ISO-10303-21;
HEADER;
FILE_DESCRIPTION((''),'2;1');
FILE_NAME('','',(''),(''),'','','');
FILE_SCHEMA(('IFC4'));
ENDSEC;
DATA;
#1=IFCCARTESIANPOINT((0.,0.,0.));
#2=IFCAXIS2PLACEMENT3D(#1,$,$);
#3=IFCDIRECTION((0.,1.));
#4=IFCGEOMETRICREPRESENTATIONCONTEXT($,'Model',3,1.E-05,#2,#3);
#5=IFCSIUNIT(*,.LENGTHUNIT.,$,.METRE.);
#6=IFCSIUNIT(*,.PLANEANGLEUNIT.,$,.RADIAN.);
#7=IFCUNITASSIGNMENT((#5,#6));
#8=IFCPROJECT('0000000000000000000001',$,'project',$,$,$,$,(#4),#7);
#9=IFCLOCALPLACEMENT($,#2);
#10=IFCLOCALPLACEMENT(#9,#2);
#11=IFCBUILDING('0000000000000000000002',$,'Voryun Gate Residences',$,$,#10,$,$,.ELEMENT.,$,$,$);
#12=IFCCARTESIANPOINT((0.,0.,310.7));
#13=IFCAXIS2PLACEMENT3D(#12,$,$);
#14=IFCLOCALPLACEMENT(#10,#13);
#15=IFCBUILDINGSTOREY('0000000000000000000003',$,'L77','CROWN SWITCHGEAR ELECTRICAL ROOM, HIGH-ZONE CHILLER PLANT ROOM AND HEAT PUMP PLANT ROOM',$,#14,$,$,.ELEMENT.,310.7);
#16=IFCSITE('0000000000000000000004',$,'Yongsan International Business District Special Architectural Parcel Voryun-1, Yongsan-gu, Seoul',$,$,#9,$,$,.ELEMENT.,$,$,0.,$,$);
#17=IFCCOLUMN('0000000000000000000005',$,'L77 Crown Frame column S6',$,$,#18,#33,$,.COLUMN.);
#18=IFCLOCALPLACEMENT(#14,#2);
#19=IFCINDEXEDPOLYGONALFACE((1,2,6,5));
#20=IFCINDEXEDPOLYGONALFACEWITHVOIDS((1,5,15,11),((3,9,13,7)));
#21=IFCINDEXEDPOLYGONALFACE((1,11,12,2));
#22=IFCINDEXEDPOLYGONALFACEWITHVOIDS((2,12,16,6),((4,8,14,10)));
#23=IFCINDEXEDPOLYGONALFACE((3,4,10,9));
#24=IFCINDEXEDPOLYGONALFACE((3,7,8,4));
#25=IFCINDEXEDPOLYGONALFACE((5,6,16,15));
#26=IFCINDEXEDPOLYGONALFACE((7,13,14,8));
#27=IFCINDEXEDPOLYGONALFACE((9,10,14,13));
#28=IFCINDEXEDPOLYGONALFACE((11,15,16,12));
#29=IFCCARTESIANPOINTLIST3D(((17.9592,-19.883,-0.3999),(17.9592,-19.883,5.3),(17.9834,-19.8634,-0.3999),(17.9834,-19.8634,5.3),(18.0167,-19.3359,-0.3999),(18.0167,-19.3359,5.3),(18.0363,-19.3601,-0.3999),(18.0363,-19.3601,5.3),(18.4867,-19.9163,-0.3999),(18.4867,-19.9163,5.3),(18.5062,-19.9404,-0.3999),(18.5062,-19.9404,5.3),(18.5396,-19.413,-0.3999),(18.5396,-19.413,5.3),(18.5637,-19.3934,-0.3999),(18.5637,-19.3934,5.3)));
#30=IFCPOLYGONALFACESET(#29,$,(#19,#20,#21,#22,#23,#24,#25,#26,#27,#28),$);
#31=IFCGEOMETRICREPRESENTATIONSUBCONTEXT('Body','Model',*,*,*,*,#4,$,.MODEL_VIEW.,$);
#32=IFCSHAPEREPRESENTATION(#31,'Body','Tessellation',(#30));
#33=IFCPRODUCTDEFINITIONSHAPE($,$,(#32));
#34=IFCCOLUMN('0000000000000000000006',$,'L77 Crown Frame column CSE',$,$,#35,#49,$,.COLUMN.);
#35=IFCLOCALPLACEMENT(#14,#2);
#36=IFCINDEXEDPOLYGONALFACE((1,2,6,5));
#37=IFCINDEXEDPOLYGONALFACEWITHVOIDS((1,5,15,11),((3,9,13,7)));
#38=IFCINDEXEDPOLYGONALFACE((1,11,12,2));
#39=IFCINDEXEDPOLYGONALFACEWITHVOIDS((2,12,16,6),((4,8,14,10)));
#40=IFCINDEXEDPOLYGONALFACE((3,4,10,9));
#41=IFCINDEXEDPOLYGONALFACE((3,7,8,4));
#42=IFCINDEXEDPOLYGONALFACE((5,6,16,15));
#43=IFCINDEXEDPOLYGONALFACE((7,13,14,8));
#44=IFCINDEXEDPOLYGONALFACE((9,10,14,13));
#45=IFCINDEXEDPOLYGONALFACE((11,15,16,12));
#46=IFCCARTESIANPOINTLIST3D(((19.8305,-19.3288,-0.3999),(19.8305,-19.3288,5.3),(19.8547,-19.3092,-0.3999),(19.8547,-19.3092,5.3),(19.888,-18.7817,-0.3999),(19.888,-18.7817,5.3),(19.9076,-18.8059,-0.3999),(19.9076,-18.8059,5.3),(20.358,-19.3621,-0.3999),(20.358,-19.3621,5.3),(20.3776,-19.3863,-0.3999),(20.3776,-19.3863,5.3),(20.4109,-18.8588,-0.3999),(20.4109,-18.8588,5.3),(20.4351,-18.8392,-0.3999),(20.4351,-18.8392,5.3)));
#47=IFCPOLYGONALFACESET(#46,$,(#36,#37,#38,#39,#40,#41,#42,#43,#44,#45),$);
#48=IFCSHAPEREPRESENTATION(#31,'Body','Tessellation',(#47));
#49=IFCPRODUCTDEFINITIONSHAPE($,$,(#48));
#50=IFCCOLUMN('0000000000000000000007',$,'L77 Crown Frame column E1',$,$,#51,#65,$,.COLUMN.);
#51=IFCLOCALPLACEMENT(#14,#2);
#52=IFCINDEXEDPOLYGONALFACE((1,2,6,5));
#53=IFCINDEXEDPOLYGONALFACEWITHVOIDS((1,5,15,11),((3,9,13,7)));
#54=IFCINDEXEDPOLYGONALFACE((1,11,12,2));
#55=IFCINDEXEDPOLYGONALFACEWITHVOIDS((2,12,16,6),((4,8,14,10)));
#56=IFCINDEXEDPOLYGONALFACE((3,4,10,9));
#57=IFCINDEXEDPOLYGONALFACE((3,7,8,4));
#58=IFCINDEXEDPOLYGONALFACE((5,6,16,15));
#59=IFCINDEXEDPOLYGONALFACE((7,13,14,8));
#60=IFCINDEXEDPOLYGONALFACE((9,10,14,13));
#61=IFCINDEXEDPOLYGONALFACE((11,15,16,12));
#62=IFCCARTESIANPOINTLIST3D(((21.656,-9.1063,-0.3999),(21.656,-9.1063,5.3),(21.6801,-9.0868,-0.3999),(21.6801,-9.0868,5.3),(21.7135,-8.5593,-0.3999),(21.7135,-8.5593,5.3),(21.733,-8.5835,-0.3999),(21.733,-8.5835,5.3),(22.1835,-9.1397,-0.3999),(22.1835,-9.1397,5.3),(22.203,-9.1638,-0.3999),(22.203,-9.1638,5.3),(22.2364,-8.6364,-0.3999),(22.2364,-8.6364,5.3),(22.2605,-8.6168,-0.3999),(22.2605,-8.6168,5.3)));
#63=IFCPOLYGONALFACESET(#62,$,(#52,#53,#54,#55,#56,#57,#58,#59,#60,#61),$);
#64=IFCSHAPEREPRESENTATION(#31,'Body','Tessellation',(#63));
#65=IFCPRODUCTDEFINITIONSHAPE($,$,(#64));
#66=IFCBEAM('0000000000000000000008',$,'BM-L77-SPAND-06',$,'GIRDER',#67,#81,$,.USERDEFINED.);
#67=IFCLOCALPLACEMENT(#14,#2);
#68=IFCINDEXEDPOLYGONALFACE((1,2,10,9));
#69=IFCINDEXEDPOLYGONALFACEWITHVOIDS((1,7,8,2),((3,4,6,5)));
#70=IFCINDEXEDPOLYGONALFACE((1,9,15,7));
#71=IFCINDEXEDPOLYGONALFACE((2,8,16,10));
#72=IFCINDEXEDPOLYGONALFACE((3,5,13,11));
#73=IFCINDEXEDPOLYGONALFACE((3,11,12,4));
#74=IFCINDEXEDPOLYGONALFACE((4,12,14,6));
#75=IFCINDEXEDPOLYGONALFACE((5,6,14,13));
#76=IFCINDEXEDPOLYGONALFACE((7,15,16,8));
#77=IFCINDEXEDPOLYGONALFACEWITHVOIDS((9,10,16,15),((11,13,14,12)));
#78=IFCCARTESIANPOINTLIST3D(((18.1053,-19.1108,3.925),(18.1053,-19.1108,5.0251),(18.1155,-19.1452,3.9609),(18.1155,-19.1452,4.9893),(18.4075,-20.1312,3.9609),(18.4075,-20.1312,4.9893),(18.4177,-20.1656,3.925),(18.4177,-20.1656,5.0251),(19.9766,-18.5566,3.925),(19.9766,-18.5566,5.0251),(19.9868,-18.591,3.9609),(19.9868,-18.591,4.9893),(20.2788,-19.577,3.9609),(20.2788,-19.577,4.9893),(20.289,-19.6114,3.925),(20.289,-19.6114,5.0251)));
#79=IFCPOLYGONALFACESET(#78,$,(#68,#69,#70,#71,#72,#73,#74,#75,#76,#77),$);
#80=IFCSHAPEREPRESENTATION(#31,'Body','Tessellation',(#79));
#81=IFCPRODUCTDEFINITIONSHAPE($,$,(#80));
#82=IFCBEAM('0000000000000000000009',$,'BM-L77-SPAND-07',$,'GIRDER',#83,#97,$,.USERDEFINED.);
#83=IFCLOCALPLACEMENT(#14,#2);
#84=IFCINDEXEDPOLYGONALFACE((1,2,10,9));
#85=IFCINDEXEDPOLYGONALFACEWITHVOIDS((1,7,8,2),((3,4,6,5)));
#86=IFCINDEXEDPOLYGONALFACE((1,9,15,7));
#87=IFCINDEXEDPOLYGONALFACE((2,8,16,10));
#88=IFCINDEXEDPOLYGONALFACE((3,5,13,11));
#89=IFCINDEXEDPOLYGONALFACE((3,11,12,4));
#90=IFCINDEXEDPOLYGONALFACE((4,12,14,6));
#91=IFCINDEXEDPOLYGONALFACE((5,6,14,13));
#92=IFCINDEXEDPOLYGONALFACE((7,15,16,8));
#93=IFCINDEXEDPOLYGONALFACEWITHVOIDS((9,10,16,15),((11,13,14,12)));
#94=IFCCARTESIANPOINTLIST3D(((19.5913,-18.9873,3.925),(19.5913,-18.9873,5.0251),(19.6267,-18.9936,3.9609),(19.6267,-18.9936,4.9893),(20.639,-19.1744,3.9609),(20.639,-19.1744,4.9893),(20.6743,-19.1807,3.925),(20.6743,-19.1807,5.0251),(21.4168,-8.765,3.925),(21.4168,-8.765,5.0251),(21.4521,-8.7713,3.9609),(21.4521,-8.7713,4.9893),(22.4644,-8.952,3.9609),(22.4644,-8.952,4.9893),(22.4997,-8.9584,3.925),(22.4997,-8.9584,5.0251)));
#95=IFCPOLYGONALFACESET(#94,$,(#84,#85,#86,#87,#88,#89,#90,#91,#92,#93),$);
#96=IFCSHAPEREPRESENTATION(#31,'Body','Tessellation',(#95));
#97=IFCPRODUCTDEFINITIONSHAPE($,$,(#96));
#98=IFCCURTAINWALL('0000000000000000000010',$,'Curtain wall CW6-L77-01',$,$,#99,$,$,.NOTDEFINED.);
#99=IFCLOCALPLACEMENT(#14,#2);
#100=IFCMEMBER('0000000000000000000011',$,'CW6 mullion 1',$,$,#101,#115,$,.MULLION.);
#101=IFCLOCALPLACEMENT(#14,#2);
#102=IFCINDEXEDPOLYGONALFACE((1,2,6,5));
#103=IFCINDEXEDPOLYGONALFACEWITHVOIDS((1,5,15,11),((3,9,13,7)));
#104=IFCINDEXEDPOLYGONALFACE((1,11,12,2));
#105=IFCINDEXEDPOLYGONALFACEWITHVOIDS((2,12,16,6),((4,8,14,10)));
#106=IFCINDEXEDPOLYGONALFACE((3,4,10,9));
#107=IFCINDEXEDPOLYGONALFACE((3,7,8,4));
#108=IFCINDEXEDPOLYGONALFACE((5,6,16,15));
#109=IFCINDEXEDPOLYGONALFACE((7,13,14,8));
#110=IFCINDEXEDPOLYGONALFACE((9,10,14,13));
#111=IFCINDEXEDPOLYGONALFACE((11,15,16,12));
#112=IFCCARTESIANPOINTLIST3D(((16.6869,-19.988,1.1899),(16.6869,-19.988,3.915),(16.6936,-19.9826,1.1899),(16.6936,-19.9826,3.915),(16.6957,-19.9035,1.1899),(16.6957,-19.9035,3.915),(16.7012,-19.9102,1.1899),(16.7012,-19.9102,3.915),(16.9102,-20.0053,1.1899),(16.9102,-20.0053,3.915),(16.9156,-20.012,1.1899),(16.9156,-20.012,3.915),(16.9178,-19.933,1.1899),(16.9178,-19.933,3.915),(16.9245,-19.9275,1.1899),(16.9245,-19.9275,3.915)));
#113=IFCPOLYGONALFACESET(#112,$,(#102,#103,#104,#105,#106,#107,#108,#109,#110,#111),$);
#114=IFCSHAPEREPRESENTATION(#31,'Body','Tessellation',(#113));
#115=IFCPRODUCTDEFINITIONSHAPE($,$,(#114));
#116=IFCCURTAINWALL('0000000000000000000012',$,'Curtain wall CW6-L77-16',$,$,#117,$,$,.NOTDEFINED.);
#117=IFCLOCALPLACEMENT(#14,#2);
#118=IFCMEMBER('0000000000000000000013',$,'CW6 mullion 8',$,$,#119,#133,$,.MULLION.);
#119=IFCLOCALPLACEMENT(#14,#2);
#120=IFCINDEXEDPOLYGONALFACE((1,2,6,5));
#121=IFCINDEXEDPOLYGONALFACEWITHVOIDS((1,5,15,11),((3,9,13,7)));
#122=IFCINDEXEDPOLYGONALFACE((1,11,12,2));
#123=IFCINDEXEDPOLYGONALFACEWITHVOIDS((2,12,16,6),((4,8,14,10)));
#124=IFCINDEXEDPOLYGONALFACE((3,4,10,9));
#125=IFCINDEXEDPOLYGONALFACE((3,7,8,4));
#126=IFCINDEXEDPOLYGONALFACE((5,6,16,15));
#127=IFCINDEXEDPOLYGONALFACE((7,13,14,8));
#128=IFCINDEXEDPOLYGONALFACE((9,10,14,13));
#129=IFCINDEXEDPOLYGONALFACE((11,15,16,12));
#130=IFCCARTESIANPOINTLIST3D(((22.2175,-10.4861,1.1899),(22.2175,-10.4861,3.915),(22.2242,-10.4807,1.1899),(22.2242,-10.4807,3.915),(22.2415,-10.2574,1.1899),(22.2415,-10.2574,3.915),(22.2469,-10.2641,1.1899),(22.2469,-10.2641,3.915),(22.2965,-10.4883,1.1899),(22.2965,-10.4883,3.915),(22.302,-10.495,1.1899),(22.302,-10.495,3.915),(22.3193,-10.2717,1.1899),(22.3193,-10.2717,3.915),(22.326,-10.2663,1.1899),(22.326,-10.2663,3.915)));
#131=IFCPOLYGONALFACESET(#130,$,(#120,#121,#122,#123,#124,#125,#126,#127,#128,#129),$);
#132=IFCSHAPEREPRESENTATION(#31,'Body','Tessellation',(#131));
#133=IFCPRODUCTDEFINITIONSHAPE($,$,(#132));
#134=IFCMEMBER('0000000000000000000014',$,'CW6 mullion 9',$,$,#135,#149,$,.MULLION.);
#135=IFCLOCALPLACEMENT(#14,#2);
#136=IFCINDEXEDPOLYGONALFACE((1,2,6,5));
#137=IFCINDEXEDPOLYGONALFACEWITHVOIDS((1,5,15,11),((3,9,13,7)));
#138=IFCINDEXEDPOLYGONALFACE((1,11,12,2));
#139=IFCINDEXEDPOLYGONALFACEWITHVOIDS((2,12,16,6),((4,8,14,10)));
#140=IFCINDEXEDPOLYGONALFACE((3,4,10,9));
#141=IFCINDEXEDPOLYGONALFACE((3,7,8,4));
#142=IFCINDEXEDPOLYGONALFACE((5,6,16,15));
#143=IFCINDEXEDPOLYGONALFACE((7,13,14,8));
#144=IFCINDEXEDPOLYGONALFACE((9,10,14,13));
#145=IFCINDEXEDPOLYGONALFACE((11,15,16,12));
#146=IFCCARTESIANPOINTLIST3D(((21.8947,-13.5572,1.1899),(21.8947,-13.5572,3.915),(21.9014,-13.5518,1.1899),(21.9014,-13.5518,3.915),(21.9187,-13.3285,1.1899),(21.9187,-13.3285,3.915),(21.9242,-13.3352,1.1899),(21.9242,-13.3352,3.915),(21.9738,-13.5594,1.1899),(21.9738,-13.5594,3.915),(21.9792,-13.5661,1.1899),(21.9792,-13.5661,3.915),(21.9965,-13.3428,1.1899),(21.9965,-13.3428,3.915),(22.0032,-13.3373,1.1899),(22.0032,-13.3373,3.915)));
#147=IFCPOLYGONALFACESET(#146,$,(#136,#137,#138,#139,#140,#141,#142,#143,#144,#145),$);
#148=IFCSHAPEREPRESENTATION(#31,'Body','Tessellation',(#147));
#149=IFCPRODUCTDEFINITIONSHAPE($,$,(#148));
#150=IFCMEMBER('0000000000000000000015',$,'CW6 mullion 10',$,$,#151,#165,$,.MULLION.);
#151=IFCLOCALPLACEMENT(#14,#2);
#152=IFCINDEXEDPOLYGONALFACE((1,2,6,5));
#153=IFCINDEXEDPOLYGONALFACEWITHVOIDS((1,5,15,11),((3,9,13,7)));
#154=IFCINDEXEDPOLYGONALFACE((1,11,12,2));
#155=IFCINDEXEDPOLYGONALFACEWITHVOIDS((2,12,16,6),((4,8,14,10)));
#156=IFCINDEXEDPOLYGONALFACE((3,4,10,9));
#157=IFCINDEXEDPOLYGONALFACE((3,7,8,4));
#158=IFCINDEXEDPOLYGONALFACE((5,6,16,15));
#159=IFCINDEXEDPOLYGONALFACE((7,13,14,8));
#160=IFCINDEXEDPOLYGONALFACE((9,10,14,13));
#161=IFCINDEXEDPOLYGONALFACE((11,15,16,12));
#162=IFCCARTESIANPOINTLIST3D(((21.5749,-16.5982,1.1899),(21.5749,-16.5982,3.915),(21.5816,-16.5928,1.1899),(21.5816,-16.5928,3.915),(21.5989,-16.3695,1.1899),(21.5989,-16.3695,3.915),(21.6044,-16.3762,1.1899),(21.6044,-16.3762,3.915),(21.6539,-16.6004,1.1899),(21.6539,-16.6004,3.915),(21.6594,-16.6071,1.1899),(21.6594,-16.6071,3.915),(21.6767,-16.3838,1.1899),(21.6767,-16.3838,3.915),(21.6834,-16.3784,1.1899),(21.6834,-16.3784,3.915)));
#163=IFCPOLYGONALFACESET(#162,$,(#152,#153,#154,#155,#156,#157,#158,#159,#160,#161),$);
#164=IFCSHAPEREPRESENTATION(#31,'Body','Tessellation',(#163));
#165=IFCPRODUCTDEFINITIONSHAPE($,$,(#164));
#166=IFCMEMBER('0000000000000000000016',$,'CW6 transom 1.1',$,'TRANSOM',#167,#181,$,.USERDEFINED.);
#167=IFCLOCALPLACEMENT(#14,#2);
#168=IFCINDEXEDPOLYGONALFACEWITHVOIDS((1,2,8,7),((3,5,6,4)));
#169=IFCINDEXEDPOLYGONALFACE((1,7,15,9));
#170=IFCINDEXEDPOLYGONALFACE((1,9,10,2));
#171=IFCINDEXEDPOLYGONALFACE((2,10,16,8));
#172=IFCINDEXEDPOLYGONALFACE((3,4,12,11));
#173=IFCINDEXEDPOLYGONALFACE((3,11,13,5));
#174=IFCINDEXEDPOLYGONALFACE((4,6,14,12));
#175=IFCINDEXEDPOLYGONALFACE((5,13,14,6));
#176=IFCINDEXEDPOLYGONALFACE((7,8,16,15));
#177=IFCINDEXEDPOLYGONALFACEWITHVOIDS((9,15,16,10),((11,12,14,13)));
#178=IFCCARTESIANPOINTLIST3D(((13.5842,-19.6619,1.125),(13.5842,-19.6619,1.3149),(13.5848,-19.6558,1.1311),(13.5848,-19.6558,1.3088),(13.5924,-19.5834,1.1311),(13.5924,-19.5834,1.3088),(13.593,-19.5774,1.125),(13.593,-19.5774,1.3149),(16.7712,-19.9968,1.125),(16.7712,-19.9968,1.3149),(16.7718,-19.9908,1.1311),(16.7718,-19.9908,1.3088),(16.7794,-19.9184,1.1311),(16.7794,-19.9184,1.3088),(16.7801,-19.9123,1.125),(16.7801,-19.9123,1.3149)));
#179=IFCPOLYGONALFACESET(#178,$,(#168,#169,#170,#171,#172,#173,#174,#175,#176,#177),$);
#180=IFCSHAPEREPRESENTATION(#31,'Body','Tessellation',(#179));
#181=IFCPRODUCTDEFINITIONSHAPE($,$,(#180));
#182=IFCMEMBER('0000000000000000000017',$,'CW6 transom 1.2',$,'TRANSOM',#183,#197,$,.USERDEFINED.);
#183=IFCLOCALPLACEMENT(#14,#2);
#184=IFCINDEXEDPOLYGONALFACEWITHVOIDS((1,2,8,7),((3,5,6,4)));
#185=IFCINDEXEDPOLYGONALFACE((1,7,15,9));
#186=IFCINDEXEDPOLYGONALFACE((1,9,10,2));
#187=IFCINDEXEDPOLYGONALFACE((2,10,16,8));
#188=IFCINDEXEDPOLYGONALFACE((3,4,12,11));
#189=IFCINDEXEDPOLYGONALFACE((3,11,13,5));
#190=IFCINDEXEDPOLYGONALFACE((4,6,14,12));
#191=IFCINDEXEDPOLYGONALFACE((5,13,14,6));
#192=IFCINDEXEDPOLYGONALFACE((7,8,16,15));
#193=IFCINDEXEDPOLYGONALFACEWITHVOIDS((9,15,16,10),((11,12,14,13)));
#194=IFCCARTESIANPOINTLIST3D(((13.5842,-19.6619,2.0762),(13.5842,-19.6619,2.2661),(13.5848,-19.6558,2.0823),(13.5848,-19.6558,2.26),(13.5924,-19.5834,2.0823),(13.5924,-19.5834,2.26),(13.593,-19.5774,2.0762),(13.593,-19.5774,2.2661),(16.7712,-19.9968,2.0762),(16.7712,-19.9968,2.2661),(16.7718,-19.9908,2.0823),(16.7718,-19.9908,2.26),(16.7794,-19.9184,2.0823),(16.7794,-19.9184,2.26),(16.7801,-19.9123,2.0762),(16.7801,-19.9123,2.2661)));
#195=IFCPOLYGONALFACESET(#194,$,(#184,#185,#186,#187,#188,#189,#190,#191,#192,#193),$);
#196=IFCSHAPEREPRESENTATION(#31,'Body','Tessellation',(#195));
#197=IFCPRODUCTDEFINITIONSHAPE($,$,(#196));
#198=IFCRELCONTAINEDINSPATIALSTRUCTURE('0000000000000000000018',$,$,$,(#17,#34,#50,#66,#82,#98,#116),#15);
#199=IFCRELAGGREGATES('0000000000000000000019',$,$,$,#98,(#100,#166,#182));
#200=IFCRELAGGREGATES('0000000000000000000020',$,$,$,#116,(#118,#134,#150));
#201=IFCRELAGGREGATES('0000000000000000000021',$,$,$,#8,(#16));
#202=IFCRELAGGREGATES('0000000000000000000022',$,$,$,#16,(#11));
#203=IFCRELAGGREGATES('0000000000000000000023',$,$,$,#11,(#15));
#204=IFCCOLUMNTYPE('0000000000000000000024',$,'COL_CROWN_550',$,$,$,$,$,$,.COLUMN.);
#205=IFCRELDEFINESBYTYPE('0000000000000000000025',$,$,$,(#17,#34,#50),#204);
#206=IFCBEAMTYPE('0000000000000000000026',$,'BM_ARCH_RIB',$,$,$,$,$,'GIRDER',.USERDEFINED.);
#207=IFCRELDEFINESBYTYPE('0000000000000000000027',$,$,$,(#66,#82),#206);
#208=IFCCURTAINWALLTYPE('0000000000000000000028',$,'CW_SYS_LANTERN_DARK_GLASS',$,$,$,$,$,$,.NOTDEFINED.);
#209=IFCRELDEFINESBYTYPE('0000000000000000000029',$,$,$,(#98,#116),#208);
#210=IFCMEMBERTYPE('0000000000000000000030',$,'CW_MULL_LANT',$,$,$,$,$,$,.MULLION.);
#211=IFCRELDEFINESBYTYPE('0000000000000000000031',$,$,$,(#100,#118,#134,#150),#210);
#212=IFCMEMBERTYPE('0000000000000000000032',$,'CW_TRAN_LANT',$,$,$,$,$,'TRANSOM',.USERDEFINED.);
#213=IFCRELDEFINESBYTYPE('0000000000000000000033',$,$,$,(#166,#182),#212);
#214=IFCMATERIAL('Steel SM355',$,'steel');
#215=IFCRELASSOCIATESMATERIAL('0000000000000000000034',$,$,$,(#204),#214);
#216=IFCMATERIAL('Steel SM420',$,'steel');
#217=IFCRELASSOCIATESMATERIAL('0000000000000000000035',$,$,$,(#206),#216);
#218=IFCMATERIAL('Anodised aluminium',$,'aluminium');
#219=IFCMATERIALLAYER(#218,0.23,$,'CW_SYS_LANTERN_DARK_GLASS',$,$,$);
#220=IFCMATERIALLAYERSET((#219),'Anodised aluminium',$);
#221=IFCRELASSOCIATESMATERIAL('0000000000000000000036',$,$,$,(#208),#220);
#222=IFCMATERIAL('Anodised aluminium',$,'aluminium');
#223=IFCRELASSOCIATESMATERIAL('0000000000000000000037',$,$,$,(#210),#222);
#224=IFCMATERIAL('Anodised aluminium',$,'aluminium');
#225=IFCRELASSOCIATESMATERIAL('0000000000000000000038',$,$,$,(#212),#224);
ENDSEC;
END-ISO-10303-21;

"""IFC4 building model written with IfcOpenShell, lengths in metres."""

from ifc_helpers import new_model, si_unit, direction, frame, origin, origin_2d, place, context, subcontext, project, spatial, hollow_rectangle, extrude, material, layer, layer_set, material_profile, profile_set, type_object, element, aggregate, save


model = new_model("IFC4")

# Units and contexts
model_context = context("Model", 3, precision=1e-05, world=origin(), true_north=direction((0.0, 1.0)))
body_context = subcontext(model_context, "Body", "Model", "MODEL_VIEW")
ifc_project = project(units=[si_unit("LENGTHUNIT", "METRE"), si_unit("PLANEANGLEUNIT", "RADIAN")], contexts=[model_context])

# Site, building, storey
site_placement = place(None, origin())
site = spatial("IfcSite", under=ifc_project, at=site_placement, Name="Yongsan International Business District Special Architectural Parcel Voryun-1, Yongsan-gu, Seoul", CompositionType="ELEMENT", RefElevation=0.0)
building_placement = place(site_placement, origin())
building = spatial("IfcBuilding", under=site, at=building_placement, Name="Voryun Gate Residences", CompositionType="ELEMENT")
storey_placement = place(building_placement, frame((0.0, 0.0, 310.7)))
storey = spatial("IfcBuildingStorey", under=building, at=storey_placement, Name="L77", Description="CROWN SWITCHGEAR ELECTRICAL ROOM, HIGH-ZONE CHILLER PLANT ROOM AND HEAT PUMP PLANT ROOM", CompositionType="ELEMENT", Elevation=310.7)

# Columns
ifc_material_1 = material(Name="Steel SM355", Category="steel")
ifc_material_profile_1 = material_profile(ifc_material_1, hollow_rectangle(XDim=0.55, YDim=0.55, WallThickness=0.022, at=origin_2d()), Name="BOX-550x550x22")
ifc_profile_set_1 = profile_set([ifc_material_profile_1], Name="Steel SM355")
column_type = type_object("IfcColumnType", Name="COL_CROWN_550", PredefinedType="COLUMN", material=ifc_profile_set_1)
for number, where, z_axis, x_axis, name in (
    (1, (18.2615, -19.6382, -0.3999), (0.0, 0.0, 1.0), (0.994522, -0.104528, 0.0), "L77 Crown Frame column S6"),
    (2, (20.1328, -19.084, -0.3999), (0.0, 0.0, 1.0), (0.994522, -0.104528, 0.0), "L77 Crown Frame column CSE"),
    (3, (21.9583, -8.8616, -0.3999), (0.0, 0.0, 1.0), (0.994522, -0.104528, 0.0), "L77 Crown Frame column E1"),
):
    element("IfcColumn", number, at=place(storey_placement, frame(where, z_axis=z_axis, x_axis=x_axis)), inside=storey, type_object=column_type, Name=name, PredefinedType="COLUMN", context=body_context, shape_type="SweptSolid", body=[
        extrude(hollow_rectangle(XDim=0.55, YDim=0.55, WallThickness=0.022, at=origin_2d()), origin(), (0.0, 0.0, 1.0), 5.7),
    ])

# Beams
ifc_material_2 = material(Name="Steel SM420", Category="steel")
ifc_material_profile_2 = material_profile(ifc_material_2, hollow_rectangle(XDim=1.1001, YDim=1.1001, WallThickness=0.0359, at=origin_2d()), Name="BOX-1100x1100x36")
ifc_profile_set_2 = profile_set([ifc_material_profile_2], Name="Steel SM420")
beam_type = type_object("IfcBeamType", Name="BM_ARCH_RIB", ElementType="GIRDER", PredefinedType="USERDEFINED", material=ifc_profile_set_2)
beam_1_placement = place(storey_placement, frame((18.2615, -19.6382, 4.4751), z_axis=(0.958836, 0.283961, 0.0), x_axis=(-0.283961, 0.958836, 0.0)))
element("IfcBeam", 4, at=beam_1_placement, inside=storey, type_object=beam_type, Name="BM-L77-SPAND-06", ObjectType="GIRDER", PredefinedType="USERDEFINED", context=body_context, shape_type="SweptSolid", body=[
    extrude(hollow_rectangle(XDim=1.1001, YDim=1.1001, WallThickness=0.0359, at=origin_2d()), origin(), (0.0, 0.0, 1.0), 1.9517),
])
beam_2_placement = place(storey_placement, frame((20.1328, -19.084, 4.4751), z_axis=(0.175791, 0.984427, 0.0), x_axis=(-0.984427, 0.175791, 0.0)))
element("IfcBeam", 5, at=beam_2_placement, inside=storey, type_object=beam_type, Name="BM-L77-SPAND-07", ObjectType="GIRDER", PredefinedType="USERDEFINED", context=body_context, shape_type="SweptSolid", body=[
    extrude(hollow_rectangle(XDim=1.1001, YDim=1.1001, WallThickness=0.0359, at=origin_2d()), origin(), (0.0, 0.0, 1.0), 10.384),
])

# Curtain wall, member
ifc_material_3 = material(Name="Anodised aluminium", Category="aluminium")
ifc_layer_1 = layer(ifc_material_3, 0.23, Name="CW_SYS_LANTERN_DARK_GLASS")
ifc_layer_set_1 = layer_set([ifc_layer_1], Name="Anodised aluminium")
curtain_wall_type = type_object("IfcCurtainWallType", Name="CW_SYS_LANTERN_DARK_GLASS", PredefinedType="NOTDEFINED", material=ifc_layer_set_1)
curtain_wall_1_placement = place(storey_placement, origin())
curtain_wall_1 = element("IfcCurtainWall", 6, at=curtain_wall_1_placement, inside=storey, type_object=curtain_wall_type, Name="Curtain wall CW6-L77-01", PredefinedType="NOTDEFINED")
ifc_material_4 = material(Name="Anodised aluminium", Category="aluminium")
ifc_material_profile_3 = material_profile(ifc_material_4, hollow_rectangle(XDim=0.085, YDim=0.23, WallThickness=0.0061, at=origin_2d()), Name="ALU-MULL-230x85x6")
ifc_profile_set_3 = profile_set([ifc_material_profile_3], Name="Anodised aluminium")
member_type_1 = type_object("IfcMemberType", Name="CW_MULL_LANT", PredefinedType="MULLION", material=ifc_profile_set_3)
member_1_placement = place(storey_placement, frame((16.8057, -19.9578, 1.1899), z_axis=(0.0, 0.0, 1.0), x_axis=(-0.104528, -0.994522, 0.0)))
member_1 = element("IfcMember", 7, at=member_1_placement, type_object=member_type_1, Name="CW6 mullion 1", PredefinedType="MULLION", context=body_context, shape_type="SweptSolid", body=[
    extrude(hollow_rectangle(XDim=0.085, YDim=0.23, WallThickness=0.0061, at=origin_2d()), origin(), (0.0, 0.0, 1.0), 2.7251),
])

# Curtain wall, members
curtain_wall_2_placement = place(storey_placement, origin())
curtain_wall_2 = element("IfcCurtainWall", 8, at=curtain_wall_2_placement, inside=storey, type_object=curtain_wall_type, Name="Curtain wall CW6-L77-16", PredefinedType="NOTDEFINED")
member_2_placement = place(storey_placement, frame((22.2717, -10.3762, 1.1899), z_axis=(0.0, 0.0, 1.0), x_axis=(0.994522, -0.104528, 0.0)))
member_2 = element("IfcMember", 9, at=member_2_placement, type_object=member_type_1, Name="CW6 mullion 8", PredefinedType="MULLION", context=body_context, shape_type="SweptSolid", body=[
    extrude(hollow_rectangle(XDim=0.085, YDim=0.23, WallThickness=0.0061, at=origin_2d()), origin(), (0.0, 0.0, 1.0), 2.7251),
])
member_3_placement = place(storey_placement, frame((21.949, -13.4473, 1.1899), z_axis=(0.0, 0.0, 1.0), x_axis=(0.994522, -0.104528, 0.0)))
member_3 = element("IfcMember", 10, at=member_3_placement, type_object=member_type_1, Name="CW6 mullion 9", PredefinedType="MULLION", context=body_context, shape_type="SweptSolid", body=[
    extrude(hollow_rectangle(XDim=0.085, YDim=0.23, WallThickness=0.0061, at=origin_2d()), origin(), (0.0, 0.0, 1.0), 2.7251),
])
member_4_placement = place(storey_placement, frame((21.6292, -16.4883, 1.1899), z_axis=(0.0, 0.0, 1.0), x_axis=(0.994522, -0.104528, 0.0)))
member_4 = element("IfcMember", 11, at=member_4_placement, type_object=member_type_1, Name="CW6 mullion 10", PredefinedType="MULLION", context=body_context, shape_type="SweptSolid", body=[
    extrude(hollow_rectangle(XDim=0.085, YDim=0.23, WallThickness=0.0061, at=origin_2d()), origin(), (0.0, 0.0, 1.0), 2.7251),
])

# Members
ifc_material_5 = material(Name="Anodised aluminium", Category="aluminium")
ifc_material_profile_4 = material_profile(ifc_material_5, hollow_rectangle(XDim=0.085, YDim=0.1899, WallThickness=0.0061, at=origin_2d()), Name="ALU-TRAN-190x85x6")
ifc_profile_set_4 = profile_set([ifc_material_profile_4], Name="Anodised aluminium")
member_type_2 = type_object("IfcMemberType", Name="CW_TRAN_LANT", ElementType="TRANSOM", PredefinedType="USERDEFINED", material=ifc_profile_set_4)
member_5_placement = place(storey_placement, frame((16.7756, -19.9546, 1.22), z_axis=(-0.994522, 0.104526, 0.0), x_axis=(-0.104526, -0.994522, 0.0)))
member_5 = element("IfcMember", 12, at=member_5_placement, type_object=member_type_2, Name="CW6 transom 1.1", ObjectType="TRANSOM", PredefinedType="USERDEFINED", context=body_context, shape_type="SweptSolid", body=[
    extrude(hollow_rectangle(XDim=0.085, YDim=0.1899, WallThickness=0.0061, at=origin_2d()), origin(), (0.0, 0.0, 1.0), 3.2046),
])
member_6_placement = place(storey_placement, frame((16.7756, -19.9546, 2.1711), z_axis=(-0.994522, 0.104526, 0.0), x_axis=(-0.104526, -0.994522, 0.0)))
member_6 = element("IfcMember", 13, at=member_6_placement, type_object=member_type_2, Name="CW6 transom 1.2", ObjectType="TRANSOM", PredefinedType="USERDEFINED", context=body_context, shape_type="SweptSolid", body=[
    extrude(hollow_rectangle(XDim=0.085, YDim=0.1899, WallThickness=0.0061, at=origin_2d()), origin(), (0.0, 0.0, 1.0), 3.2046),
])
aggregate(curtain_wall_1, [member_1, member_5, member_6])

aggregate(curtain_wall_2, [member_2, member_3, member_4])

save(model, "model.ifc")
